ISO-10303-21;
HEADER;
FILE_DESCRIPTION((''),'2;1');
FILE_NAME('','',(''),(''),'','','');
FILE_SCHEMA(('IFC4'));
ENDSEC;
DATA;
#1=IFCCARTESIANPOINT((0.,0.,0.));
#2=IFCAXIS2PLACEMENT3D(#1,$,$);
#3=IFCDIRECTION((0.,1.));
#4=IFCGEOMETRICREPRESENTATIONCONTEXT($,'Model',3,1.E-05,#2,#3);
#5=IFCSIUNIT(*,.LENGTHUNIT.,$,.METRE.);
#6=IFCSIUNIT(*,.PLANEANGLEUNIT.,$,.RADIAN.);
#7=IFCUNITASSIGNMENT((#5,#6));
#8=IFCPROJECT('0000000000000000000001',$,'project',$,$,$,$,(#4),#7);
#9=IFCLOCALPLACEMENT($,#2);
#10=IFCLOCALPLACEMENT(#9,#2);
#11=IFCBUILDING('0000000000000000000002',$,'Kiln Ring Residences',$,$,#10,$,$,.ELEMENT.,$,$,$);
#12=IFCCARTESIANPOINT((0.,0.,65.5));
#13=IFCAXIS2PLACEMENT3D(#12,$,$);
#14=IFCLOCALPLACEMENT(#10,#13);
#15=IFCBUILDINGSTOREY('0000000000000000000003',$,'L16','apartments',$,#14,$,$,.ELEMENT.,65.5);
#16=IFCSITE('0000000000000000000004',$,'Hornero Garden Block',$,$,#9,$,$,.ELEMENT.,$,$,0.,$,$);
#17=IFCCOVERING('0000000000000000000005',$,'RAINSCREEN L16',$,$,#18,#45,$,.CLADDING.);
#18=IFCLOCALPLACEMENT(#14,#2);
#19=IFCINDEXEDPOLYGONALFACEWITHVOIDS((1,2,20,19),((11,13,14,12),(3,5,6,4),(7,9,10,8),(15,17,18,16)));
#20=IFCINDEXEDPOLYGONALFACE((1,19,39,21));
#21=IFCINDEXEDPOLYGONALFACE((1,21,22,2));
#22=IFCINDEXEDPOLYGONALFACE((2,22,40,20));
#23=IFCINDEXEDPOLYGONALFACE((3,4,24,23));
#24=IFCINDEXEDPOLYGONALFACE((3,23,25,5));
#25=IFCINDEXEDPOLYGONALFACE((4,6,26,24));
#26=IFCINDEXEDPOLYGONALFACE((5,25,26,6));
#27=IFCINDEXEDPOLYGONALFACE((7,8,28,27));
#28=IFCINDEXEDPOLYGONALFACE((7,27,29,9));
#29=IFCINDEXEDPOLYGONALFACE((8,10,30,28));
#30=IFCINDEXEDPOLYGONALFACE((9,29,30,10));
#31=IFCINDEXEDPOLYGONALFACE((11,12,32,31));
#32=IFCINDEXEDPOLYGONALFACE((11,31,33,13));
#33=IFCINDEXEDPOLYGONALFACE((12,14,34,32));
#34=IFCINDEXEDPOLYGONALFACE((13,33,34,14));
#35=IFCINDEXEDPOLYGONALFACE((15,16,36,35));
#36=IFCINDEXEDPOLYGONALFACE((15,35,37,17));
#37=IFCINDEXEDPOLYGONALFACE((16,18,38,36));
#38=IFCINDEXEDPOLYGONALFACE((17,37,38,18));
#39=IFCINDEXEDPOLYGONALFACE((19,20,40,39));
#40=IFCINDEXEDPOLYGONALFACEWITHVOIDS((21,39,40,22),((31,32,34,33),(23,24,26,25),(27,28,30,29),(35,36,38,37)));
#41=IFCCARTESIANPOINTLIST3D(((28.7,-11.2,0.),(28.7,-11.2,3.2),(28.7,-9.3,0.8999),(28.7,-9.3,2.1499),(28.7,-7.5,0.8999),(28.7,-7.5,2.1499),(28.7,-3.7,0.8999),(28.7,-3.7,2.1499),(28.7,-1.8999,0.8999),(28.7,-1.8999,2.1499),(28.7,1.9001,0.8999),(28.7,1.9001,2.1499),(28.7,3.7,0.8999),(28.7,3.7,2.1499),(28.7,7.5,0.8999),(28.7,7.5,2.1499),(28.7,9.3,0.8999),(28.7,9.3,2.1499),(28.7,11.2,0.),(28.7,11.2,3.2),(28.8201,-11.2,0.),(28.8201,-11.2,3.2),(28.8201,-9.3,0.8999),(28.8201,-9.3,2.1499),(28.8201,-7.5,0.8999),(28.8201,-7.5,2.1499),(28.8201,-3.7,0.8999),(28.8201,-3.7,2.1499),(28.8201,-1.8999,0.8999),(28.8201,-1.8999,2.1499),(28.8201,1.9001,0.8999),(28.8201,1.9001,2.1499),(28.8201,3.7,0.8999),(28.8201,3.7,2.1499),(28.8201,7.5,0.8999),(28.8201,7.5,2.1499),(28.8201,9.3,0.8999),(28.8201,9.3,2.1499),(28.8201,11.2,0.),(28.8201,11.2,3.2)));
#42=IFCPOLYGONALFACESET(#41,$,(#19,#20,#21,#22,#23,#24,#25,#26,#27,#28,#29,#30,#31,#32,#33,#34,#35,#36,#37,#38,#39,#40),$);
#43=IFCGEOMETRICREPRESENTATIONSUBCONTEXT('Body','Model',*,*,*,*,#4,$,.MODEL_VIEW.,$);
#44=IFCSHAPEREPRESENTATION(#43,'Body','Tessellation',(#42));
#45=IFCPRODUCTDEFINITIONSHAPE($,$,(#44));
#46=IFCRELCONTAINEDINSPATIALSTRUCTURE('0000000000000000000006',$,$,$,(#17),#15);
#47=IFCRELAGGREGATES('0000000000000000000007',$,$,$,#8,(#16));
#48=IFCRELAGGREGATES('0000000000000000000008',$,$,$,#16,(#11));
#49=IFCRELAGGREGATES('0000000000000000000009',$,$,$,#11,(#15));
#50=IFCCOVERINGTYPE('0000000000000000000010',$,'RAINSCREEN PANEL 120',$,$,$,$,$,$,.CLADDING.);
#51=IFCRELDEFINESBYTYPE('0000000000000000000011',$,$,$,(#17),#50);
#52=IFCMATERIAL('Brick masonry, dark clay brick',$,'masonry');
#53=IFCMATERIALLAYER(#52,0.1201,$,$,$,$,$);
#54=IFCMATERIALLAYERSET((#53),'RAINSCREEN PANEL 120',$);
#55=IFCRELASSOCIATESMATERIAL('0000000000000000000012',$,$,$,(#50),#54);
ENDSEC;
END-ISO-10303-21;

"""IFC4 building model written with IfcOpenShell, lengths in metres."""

from ifc_helpers import new_model, si_unit, direction, frame, origin, place, context, subcontext, project, spatial, polyline, outline, extrude, material, layer, layer_set, type_object, element, save


model = new_model("IFC4")

# Units and contexts
model_context = context("Model", 3, precision=1e-05, world=origin(), true_north=direction((0.0, 1.0)))
body_context = subcontext(model_context, "Body", "Model", "MODEL_VIEW")
ifc_project = project(units=[si_unit("LENGTHUNIT", "METRE"), si_unit("PLANEANGLEUNIT", "RADIAN")], contexts=[model_context])

# Site, building, storey
site_placement = place(None, origin())
site = spatial("IfcSite", under=ifc_project, at=site_placement, Name="Hornero Garden Block", CompositionType="ELEMENT", RefElevation=0.0)
building_placement = place(site_placement, origin())
building = spatial("IfcBuilding", under=site, at=building_placement, Name="Kiln Ring Residences", CompositionType="ELEMENT")
storey_placement = place(building_placement, frame((0.0, 0.0, 65.5)))
storey = spatial("IfcBuildingStorey", under=building, at=storey_placement, Name="L16", Description="apartments", CompositionType="ELEMENT", Elevation=65.5)

# Covering
ifc_material_1 = material(Name="Brick masonry, dark clay brick", Category="masonry")
ifc_layer_1 = layer(ifc_material_1, 0.1201)
ifc_layer_set_1 = layer_set([ifc_layer_1], Name="RAINSCREEN PANEL 120")
covering_type = type_object("IfcCoveringType", Name="RAINSCREEN PANEL 120", PredefinedType="CLADDING", material=ifc_layer_set_1)
covering_placement = place(storey_placement, frame((28.76, -11.2, 0.0), z_axis=(0.0, 0.0, 1.0), x_axis=(0.0, 1.0, 0.0)))
element("IfcCovering", 1, at=covering_placement, inside=storey, type_object=covering_type, Name="RAINSCREEN L16", PredefinedType="CLADDING", context=body_context, shape_type="SweptSolid", body=[
    extrude(outline(polyline([(0.0, 0.0), (22.3999, 0.0), (22.3999, 3.2), (0.0, 3.2), (0.0, 0.0)]), holes=[polyline([(3.7, 0.8999), (3.7, 2.1499), (1.8999, 2.1499), (1.8999, 0.8999), (3.7, 0.8999)]), polyline([(9.3, 0.8999), (9.3, 2.1499), (7.5, 2.1499), (7.5, 0.8999), (9.3, 0.8999)]), polyline([(14.8999, 0.8999), (14.8999, 2.1499), (13.1001, 2.1499), (13.1001, 0.8999), (14.8999, 0.8999)]), polyline([(20.5, 0.8999), (20.5, 2.1499), (18.7, 2.1499), (18.7, 0.8999), (20.5, 0.8999)])]), frame((0.0, 0.0601, 0.0), z_axis=(0.0, -1.0, 0.0), x_axis=(1.0, 0.0, 0.0)), (0.0, 0.0, 1.0), 0.1201),
])

save(model, "model.ifc")
